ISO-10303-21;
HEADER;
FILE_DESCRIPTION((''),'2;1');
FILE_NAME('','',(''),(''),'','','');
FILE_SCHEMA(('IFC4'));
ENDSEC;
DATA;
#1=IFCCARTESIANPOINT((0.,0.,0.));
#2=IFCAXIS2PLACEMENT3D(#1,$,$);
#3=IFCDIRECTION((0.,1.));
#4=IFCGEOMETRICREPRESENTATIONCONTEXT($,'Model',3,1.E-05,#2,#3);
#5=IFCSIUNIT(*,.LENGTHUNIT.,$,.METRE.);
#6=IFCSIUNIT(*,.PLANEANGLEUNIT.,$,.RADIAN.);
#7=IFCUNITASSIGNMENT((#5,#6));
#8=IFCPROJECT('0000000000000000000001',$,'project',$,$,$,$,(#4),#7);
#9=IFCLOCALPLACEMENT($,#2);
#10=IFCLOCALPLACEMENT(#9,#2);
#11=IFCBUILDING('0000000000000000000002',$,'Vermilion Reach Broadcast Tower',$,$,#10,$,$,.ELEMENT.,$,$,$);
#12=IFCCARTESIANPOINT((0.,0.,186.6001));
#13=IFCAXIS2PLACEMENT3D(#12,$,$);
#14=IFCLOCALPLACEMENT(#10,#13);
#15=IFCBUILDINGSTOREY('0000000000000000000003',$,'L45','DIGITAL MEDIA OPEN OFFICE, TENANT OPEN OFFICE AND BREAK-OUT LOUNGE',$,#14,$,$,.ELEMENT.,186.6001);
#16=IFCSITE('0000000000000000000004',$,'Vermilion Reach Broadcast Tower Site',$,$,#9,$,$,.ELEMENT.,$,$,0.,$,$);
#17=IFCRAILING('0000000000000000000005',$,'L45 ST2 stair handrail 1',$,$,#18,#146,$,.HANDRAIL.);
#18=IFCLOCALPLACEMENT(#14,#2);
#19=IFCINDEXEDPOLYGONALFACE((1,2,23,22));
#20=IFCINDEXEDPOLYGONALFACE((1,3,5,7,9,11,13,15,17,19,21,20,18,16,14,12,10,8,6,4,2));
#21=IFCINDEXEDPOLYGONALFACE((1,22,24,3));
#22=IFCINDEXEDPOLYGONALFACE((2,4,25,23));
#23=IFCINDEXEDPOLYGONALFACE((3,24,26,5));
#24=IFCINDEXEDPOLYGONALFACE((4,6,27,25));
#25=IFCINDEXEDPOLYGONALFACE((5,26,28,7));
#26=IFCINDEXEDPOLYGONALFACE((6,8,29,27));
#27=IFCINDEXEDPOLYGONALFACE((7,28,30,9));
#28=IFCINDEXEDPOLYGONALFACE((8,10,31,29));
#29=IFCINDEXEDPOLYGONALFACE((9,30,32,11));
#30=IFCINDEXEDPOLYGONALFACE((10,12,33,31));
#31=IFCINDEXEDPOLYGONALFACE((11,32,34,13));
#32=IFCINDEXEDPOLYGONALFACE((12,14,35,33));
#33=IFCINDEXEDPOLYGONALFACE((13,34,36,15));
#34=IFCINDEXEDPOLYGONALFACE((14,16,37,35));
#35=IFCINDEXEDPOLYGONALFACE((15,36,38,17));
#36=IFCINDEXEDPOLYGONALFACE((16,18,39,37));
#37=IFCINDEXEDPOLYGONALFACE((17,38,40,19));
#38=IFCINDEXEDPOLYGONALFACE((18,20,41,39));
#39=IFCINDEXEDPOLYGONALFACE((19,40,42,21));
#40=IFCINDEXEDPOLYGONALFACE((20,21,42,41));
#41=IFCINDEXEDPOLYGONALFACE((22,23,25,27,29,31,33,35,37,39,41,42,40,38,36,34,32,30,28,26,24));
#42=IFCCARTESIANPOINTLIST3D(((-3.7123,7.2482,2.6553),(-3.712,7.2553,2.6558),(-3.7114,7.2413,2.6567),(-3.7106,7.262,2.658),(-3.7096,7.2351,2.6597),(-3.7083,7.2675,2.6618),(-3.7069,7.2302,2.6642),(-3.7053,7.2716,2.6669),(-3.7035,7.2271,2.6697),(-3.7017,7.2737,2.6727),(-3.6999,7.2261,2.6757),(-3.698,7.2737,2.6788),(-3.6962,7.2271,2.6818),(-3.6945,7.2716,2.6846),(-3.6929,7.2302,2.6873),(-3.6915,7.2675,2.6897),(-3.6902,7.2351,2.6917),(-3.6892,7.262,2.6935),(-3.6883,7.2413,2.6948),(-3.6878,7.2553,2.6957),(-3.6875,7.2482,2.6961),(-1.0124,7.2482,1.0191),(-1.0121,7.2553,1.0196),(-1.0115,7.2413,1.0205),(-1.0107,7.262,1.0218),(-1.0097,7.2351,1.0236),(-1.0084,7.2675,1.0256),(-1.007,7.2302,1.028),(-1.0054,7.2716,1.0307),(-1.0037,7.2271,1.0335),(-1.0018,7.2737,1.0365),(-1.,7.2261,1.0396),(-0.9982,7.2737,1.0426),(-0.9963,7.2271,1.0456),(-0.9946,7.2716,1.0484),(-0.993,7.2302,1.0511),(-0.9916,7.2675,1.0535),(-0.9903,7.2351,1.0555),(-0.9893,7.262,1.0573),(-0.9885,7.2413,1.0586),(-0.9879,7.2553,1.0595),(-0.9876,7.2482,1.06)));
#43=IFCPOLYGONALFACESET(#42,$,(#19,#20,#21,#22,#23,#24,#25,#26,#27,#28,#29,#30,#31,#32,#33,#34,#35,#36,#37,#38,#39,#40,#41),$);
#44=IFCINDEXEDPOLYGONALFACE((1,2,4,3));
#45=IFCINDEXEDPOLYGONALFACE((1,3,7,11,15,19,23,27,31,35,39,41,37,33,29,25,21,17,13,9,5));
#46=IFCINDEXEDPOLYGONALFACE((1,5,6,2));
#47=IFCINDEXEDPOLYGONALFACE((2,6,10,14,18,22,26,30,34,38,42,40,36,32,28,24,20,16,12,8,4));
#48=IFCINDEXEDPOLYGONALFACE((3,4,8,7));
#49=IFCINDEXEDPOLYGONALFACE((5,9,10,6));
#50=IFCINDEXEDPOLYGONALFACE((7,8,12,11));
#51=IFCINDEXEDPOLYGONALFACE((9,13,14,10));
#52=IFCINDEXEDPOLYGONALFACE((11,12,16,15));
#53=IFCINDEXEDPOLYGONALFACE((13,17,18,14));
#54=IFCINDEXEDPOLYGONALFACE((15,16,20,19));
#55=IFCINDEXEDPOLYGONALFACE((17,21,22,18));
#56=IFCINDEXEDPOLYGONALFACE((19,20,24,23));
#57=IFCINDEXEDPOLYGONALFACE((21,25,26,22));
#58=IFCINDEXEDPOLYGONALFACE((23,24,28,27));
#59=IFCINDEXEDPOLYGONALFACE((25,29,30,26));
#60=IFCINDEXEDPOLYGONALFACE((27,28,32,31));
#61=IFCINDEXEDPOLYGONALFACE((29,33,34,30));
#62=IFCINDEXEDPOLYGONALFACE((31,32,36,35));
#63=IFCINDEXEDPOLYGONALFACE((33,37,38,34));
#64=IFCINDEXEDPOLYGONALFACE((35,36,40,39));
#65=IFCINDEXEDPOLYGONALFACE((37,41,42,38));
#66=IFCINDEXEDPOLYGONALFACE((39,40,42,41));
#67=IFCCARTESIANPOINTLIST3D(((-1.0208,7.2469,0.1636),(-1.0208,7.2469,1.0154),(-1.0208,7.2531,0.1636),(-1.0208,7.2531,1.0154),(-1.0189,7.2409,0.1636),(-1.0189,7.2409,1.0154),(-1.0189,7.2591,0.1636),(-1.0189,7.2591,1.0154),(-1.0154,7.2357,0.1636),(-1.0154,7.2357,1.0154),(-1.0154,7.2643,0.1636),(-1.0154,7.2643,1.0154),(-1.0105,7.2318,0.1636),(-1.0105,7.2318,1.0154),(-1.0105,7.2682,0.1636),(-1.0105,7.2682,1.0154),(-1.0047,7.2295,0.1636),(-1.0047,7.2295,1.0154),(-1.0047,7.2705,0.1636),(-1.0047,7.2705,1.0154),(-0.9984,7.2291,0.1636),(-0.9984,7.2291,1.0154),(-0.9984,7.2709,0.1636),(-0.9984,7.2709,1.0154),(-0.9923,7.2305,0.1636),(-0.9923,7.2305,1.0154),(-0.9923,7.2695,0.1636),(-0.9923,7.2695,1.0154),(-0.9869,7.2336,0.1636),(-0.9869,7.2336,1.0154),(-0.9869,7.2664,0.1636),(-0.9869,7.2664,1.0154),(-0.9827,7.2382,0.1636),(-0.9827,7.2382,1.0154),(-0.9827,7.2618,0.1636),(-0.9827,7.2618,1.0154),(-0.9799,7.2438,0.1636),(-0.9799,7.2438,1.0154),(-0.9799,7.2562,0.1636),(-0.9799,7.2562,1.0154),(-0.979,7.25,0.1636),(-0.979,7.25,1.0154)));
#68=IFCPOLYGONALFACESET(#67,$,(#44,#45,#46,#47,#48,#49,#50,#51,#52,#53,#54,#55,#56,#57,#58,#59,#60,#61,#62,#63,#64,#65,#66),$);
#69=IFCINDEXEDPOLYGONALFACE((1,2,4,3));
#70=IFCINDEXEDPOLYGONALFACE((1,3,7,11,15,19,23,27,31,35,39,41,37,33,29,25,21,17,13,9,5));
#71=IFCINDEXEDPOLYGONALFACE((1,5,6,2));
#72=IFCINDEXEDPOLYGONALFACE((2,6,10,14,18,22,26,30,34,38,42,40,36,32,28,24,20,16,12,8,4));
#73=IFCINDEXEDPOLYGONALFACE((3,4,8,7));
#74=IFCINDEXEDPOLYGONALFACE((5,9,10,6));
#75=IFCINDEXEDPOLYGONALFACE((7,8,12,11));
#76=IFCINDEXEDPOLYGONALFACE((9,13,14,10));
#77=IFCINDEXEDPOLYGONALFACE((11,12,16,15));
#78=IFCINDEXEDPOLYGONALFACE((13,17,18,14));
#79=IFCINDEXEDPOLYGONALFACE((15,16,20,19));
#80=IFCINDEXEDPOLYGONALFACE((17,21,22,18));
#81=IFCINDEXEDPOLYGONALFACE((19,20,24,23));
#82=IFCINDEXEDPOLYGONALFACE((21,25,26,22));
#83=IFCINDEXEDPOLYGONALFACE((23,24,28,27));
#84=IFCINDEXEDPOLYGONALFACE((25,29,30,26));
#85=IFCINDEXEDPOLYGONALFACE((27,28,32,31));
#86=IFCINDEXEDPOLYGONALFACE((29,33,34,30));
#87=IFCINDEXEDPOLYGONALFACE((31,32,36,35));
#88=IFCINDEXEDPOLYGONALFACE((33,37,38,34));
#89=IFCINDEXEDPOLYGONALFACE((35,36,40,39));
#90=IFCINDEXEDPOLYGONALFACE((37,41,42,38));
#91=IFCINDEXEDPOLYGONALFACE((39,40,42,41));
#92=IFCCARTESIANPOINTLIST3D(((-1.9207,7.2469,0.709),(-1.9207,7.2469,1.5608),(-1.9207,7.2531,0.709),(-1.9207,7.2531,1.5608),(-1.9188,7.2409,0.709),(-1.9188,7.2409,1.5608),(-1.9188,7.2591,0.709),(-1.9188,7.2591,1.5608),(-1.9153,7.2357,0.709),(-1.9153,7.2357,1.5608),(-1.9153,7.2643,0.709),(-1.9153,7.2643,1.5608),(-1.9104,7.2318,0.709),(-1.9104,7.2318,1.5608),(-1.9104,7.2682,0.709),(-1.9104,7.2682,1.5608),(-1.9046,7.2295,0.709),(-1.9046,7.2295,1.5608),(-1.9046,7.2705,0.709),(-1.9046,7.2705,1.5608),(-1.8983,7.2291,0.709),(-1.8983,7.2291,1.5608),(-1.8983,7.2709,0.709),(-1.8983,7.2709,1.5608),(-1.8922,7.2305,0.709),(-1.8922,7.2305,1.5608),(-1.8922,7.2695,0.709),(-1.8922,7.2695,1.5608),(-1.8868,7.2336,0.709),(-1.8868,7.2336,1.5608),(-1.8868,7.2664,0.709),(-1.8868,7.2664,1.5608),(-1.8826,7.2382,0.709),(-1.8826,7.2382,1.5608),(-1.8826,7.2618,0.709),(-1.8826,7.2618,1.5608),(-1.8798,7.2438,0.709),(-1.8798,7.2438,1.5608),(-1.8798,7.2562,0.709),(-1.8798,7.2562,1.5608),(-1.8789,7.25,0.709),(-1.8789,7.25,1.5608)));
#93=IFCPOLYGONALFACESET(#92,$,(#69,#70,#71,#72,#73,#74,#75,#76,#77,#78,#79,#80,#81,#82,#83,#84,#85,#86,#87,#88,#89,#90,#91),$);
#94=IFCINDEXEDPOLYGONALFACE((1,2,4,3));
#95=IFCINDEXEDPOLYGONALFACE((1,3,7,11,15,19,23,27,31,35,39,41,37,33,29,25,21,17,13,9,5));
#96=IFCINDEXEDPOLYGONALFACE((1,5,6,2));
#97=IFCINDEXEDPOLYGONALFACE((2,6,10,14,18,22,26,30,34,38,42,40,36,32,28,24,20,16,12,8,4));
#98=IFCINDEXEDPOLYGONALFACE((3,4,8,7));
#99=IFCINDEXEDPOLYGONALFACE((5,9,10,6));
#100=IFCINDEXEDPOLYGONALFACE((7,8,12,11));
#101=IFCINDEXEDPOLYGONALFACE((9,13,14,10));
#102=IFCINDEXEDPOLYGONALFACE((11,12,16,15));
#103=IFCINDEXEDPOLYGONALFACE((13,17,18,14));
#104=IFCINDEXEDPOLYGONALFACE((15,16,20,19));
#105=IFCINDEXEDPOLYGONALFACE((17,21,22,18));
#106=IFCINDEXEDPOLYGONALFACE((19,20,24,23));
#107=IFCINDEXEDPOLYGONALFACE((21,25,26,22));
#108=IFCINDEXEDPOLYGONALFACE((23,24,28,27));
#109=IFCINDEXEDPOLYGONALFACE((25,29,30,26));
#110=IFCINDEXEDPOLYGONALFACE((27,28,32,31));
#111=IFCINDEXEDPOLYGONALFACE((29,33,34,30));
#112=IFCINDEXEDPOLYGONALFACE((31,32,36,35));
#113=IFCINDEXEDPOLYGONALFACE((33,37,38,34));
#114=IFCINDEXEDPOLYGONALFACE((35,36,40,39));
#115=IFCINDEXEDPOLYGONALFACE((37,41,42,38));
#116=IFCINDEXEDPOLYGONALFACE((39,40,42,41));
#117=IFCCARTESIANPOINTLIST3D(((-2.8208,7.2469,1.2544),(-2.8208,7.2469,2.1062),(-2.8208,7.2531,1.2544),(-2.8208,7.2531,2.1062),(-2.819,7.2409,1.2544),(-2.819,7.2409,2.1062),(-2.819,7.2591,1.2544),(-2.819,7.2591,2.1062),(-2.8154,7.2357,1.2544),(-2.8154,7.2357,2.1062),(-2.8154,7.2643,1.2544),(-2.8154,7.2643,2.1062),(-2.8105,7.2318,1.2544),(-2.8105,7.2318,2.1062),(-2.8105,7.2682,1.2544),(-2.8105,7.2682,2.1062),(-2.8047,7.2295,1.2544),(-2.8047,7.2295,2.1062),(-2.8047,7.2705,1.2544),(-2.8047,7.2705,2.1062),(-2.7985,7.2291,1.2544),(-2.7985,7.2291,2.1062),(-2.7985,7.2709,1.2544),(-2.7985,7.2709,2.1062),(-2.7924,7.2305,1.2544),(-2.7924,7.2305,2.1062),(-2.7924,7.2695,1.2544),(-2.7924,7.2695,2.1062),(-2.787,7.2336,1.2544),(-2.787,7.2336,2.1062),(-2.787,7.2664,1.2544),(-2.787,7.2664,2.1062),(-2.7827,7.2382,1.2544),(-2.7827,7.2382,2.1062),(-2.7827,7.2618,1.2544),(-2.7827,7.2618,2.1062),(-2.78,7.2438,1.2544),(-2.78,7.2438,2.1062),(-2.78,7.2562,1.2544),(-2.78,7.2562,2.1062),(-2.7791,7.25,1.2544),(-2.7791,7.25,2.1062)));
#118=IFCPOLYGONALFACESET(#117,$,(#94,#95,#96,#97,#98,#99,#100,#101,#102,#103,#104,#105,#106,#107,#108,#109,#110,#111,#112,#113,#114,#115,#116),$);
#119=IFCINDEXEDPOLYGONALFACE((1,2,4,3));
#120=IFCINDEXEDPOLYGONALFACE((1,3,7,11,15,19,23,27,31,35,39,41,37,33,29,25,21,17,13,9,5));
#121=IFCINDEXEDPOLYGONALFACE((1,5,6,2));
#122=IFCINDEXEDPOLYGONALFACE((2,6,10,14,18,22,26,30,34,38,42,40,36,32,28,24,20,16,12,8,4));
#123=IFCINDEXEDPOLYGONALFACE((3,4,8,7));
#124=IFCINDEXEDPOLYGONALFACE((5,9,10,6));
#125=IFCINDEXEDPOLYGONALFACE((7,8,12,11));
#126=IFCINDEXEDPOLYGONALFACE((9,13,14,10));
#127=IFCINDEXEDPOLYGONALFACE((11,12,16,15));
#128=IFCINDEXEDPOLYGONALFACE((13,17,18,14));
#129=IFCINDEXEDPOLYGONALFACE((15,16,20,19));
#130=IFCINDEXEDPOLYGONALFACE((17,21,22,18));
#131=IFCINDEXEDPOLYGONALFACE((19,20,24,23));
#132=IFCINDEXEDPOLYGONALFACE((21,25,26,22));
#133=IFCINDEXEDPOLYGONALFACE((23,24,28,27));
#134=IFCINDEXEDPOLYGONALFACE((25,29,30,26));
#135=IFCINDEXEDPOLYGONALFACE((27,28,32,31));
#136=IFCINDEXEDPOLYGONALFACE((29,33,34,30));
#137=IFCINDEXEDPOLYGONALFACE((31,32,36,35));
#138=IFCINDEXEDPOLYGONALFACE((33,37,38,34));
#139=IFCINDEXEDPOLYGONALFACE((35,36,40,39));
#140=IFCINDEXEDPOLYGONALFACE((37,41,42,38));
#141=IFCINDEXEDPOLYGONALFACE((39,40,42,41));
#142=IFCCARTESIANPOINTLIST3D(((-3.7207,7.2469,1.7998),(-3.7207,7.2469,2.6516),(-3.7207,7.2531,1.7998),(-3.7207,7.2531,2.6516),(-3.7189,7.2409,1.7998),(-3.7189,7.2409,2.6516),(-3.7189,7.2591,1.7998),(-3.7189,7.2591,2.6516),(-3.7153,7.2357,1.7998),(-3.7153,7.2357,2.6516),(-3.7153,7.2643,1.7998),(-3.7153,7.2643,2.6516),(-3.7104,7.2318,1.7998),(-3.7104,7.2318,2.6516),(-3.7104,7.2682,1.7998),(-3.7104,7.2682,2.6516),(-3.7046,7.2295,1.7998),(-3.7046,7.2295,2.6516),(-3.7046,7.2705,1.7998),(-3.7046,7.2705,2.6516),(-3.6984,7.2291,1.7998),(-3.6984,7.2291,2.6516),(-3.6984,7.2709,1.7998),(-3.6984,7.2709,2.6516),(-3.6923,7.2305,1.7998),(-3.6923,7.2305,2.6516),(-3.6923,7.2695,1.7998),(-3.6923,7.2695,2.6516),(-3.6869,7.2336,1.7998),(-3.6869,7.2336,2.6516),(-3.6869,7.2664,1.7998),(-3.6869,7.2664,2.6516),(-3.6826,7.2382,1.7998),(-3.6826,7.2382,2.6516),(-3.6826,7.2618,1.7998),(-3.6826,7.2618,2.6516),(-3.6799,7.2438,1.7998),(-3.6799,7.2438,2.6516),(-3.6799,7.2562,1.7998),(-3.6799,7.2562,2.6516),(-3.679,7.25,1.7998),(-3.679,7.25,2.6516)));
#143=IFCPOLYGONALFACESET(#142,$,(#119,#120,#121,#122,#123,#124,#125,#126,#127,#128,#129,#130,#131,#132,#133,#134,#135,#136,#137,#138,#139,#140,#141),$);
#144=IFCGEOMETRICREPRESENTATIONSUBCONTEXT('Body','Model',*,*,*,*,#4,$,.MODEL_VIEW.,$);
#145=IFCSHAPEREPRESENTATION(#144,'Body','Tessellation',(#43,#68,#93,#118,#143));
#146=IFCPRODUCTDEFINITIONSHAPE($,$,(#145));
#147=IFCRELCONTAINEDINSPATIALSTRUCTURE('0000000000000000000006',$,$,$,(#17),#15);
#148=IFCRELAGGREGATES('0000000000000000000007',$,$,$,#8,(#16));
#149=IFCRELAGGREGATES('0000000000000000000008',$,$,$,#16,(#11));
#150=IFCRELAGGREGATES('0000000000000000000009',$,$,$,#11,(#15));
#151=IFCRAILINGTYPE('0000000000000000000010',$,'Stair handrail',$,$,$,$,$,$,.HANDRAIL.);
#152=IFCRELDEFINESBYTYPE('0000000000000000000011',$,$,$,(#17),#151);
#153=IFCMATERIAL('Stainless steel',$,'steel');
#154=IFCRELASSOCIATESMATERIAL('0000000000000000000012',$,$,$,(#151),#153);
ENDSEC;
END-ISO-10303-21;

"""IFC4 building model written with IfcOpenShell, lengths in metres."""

from ifc_helpers import new_model, si_unit, direction, frame, origin, origin_2d, place, context, subcontext, project, spatial, circle, extrude, material, type_object, element, save


model = new_model("IFC4")

# Units and contexts
model_context = context("Model", 3, precision=1e-05, world=origin(), true_north=direction((0.0, 1.0)))
body_context = subcontext(model_context, "Body", "Model", "MODEL_VIEW")
ifc_project = project(units=[si_unit("LENGTHUNIT", "METRE"), si_unit("PLANEANGLEUNIT", "RADIAN")], contexts=[model_context])

# Site, building, storey
site_placement = place(None, origin())
site = spatial("IfcSite", under=ifc_project, at=site_placement, Name="Vermilion Reach Broadcast Tower Site", CompositionType="ELEMENT", RefElevation=0.0)
building_placement = place(site_placement, origin())
building = spatial("IfcBuilding", under=site, at=building_placement, Name="Vermilion Reach Broadcast Tower", CompositionType="ELEMENT")
storey_placement = place(building_placement, frame((0.0, 0.0, 186.6001)))
storey = spatial("IfcBuildingStorey", under=building, at=storey_placement, Name="L45", Description="DIGITAL MEDIA OPEN OFFICE, TENANT OPEN OFFICE AND BREAK-OUT LOUNGE", CompositionType="ELEMENT", Elevation=186.6001)

# Railing
ifc_material_1 = material(Name="Stainless steel", Category="steel")
railing_type_1 = type_object("IfcRailingType", Name="Stair handrail", PredefinedType="HANDRAIL", material=ifc_material_1)
railing_1_placement = place(storey_placement, frame((-1.0, 7.25, 0.1636)))
element("IfcRailing", 1, at=railing_1_placement, inside=storey, type_object=railing_type_1, Name="L45 ST2 stair handrail 1", PredefinedType="HANDRAIL", context=body_context, shape_type="SweptSolid", body=[
    extrude(circle(Radius=0.0239, at=origin_2d()), frame((0.0, 0.0, 0.876), z_axis=(-0.855212, 0.0, 0.518278), x_axis=(0.0, -1.0, 0.0)), (0.0, 0.0, 1.0), 3.157),
    extrude(circle(Radius=0.021, at=origin_2d()), origin(), (0.0, 0.0, 1.0), 0.8518),
    extrude(circle(Radius=0.021, at=origin_2d()), frame((-0.8999, 0.0, 0.5454)), (0.0, 0.0, 1.0), 0.8518),
    extrude(circle(Radius=0.021, at=origin_2d()), frame((-1.8, 0.0, 1.0908)), (0.0, 0.0, 1.0), 0.8518),
    extrude(circle(Radius=0.021, at=origin_2d()), frame((-2.7, 0.0, 1.6362)), (0.0, 0.0, 1.0), 0.8518),
])

save(model, "model.ifc")
